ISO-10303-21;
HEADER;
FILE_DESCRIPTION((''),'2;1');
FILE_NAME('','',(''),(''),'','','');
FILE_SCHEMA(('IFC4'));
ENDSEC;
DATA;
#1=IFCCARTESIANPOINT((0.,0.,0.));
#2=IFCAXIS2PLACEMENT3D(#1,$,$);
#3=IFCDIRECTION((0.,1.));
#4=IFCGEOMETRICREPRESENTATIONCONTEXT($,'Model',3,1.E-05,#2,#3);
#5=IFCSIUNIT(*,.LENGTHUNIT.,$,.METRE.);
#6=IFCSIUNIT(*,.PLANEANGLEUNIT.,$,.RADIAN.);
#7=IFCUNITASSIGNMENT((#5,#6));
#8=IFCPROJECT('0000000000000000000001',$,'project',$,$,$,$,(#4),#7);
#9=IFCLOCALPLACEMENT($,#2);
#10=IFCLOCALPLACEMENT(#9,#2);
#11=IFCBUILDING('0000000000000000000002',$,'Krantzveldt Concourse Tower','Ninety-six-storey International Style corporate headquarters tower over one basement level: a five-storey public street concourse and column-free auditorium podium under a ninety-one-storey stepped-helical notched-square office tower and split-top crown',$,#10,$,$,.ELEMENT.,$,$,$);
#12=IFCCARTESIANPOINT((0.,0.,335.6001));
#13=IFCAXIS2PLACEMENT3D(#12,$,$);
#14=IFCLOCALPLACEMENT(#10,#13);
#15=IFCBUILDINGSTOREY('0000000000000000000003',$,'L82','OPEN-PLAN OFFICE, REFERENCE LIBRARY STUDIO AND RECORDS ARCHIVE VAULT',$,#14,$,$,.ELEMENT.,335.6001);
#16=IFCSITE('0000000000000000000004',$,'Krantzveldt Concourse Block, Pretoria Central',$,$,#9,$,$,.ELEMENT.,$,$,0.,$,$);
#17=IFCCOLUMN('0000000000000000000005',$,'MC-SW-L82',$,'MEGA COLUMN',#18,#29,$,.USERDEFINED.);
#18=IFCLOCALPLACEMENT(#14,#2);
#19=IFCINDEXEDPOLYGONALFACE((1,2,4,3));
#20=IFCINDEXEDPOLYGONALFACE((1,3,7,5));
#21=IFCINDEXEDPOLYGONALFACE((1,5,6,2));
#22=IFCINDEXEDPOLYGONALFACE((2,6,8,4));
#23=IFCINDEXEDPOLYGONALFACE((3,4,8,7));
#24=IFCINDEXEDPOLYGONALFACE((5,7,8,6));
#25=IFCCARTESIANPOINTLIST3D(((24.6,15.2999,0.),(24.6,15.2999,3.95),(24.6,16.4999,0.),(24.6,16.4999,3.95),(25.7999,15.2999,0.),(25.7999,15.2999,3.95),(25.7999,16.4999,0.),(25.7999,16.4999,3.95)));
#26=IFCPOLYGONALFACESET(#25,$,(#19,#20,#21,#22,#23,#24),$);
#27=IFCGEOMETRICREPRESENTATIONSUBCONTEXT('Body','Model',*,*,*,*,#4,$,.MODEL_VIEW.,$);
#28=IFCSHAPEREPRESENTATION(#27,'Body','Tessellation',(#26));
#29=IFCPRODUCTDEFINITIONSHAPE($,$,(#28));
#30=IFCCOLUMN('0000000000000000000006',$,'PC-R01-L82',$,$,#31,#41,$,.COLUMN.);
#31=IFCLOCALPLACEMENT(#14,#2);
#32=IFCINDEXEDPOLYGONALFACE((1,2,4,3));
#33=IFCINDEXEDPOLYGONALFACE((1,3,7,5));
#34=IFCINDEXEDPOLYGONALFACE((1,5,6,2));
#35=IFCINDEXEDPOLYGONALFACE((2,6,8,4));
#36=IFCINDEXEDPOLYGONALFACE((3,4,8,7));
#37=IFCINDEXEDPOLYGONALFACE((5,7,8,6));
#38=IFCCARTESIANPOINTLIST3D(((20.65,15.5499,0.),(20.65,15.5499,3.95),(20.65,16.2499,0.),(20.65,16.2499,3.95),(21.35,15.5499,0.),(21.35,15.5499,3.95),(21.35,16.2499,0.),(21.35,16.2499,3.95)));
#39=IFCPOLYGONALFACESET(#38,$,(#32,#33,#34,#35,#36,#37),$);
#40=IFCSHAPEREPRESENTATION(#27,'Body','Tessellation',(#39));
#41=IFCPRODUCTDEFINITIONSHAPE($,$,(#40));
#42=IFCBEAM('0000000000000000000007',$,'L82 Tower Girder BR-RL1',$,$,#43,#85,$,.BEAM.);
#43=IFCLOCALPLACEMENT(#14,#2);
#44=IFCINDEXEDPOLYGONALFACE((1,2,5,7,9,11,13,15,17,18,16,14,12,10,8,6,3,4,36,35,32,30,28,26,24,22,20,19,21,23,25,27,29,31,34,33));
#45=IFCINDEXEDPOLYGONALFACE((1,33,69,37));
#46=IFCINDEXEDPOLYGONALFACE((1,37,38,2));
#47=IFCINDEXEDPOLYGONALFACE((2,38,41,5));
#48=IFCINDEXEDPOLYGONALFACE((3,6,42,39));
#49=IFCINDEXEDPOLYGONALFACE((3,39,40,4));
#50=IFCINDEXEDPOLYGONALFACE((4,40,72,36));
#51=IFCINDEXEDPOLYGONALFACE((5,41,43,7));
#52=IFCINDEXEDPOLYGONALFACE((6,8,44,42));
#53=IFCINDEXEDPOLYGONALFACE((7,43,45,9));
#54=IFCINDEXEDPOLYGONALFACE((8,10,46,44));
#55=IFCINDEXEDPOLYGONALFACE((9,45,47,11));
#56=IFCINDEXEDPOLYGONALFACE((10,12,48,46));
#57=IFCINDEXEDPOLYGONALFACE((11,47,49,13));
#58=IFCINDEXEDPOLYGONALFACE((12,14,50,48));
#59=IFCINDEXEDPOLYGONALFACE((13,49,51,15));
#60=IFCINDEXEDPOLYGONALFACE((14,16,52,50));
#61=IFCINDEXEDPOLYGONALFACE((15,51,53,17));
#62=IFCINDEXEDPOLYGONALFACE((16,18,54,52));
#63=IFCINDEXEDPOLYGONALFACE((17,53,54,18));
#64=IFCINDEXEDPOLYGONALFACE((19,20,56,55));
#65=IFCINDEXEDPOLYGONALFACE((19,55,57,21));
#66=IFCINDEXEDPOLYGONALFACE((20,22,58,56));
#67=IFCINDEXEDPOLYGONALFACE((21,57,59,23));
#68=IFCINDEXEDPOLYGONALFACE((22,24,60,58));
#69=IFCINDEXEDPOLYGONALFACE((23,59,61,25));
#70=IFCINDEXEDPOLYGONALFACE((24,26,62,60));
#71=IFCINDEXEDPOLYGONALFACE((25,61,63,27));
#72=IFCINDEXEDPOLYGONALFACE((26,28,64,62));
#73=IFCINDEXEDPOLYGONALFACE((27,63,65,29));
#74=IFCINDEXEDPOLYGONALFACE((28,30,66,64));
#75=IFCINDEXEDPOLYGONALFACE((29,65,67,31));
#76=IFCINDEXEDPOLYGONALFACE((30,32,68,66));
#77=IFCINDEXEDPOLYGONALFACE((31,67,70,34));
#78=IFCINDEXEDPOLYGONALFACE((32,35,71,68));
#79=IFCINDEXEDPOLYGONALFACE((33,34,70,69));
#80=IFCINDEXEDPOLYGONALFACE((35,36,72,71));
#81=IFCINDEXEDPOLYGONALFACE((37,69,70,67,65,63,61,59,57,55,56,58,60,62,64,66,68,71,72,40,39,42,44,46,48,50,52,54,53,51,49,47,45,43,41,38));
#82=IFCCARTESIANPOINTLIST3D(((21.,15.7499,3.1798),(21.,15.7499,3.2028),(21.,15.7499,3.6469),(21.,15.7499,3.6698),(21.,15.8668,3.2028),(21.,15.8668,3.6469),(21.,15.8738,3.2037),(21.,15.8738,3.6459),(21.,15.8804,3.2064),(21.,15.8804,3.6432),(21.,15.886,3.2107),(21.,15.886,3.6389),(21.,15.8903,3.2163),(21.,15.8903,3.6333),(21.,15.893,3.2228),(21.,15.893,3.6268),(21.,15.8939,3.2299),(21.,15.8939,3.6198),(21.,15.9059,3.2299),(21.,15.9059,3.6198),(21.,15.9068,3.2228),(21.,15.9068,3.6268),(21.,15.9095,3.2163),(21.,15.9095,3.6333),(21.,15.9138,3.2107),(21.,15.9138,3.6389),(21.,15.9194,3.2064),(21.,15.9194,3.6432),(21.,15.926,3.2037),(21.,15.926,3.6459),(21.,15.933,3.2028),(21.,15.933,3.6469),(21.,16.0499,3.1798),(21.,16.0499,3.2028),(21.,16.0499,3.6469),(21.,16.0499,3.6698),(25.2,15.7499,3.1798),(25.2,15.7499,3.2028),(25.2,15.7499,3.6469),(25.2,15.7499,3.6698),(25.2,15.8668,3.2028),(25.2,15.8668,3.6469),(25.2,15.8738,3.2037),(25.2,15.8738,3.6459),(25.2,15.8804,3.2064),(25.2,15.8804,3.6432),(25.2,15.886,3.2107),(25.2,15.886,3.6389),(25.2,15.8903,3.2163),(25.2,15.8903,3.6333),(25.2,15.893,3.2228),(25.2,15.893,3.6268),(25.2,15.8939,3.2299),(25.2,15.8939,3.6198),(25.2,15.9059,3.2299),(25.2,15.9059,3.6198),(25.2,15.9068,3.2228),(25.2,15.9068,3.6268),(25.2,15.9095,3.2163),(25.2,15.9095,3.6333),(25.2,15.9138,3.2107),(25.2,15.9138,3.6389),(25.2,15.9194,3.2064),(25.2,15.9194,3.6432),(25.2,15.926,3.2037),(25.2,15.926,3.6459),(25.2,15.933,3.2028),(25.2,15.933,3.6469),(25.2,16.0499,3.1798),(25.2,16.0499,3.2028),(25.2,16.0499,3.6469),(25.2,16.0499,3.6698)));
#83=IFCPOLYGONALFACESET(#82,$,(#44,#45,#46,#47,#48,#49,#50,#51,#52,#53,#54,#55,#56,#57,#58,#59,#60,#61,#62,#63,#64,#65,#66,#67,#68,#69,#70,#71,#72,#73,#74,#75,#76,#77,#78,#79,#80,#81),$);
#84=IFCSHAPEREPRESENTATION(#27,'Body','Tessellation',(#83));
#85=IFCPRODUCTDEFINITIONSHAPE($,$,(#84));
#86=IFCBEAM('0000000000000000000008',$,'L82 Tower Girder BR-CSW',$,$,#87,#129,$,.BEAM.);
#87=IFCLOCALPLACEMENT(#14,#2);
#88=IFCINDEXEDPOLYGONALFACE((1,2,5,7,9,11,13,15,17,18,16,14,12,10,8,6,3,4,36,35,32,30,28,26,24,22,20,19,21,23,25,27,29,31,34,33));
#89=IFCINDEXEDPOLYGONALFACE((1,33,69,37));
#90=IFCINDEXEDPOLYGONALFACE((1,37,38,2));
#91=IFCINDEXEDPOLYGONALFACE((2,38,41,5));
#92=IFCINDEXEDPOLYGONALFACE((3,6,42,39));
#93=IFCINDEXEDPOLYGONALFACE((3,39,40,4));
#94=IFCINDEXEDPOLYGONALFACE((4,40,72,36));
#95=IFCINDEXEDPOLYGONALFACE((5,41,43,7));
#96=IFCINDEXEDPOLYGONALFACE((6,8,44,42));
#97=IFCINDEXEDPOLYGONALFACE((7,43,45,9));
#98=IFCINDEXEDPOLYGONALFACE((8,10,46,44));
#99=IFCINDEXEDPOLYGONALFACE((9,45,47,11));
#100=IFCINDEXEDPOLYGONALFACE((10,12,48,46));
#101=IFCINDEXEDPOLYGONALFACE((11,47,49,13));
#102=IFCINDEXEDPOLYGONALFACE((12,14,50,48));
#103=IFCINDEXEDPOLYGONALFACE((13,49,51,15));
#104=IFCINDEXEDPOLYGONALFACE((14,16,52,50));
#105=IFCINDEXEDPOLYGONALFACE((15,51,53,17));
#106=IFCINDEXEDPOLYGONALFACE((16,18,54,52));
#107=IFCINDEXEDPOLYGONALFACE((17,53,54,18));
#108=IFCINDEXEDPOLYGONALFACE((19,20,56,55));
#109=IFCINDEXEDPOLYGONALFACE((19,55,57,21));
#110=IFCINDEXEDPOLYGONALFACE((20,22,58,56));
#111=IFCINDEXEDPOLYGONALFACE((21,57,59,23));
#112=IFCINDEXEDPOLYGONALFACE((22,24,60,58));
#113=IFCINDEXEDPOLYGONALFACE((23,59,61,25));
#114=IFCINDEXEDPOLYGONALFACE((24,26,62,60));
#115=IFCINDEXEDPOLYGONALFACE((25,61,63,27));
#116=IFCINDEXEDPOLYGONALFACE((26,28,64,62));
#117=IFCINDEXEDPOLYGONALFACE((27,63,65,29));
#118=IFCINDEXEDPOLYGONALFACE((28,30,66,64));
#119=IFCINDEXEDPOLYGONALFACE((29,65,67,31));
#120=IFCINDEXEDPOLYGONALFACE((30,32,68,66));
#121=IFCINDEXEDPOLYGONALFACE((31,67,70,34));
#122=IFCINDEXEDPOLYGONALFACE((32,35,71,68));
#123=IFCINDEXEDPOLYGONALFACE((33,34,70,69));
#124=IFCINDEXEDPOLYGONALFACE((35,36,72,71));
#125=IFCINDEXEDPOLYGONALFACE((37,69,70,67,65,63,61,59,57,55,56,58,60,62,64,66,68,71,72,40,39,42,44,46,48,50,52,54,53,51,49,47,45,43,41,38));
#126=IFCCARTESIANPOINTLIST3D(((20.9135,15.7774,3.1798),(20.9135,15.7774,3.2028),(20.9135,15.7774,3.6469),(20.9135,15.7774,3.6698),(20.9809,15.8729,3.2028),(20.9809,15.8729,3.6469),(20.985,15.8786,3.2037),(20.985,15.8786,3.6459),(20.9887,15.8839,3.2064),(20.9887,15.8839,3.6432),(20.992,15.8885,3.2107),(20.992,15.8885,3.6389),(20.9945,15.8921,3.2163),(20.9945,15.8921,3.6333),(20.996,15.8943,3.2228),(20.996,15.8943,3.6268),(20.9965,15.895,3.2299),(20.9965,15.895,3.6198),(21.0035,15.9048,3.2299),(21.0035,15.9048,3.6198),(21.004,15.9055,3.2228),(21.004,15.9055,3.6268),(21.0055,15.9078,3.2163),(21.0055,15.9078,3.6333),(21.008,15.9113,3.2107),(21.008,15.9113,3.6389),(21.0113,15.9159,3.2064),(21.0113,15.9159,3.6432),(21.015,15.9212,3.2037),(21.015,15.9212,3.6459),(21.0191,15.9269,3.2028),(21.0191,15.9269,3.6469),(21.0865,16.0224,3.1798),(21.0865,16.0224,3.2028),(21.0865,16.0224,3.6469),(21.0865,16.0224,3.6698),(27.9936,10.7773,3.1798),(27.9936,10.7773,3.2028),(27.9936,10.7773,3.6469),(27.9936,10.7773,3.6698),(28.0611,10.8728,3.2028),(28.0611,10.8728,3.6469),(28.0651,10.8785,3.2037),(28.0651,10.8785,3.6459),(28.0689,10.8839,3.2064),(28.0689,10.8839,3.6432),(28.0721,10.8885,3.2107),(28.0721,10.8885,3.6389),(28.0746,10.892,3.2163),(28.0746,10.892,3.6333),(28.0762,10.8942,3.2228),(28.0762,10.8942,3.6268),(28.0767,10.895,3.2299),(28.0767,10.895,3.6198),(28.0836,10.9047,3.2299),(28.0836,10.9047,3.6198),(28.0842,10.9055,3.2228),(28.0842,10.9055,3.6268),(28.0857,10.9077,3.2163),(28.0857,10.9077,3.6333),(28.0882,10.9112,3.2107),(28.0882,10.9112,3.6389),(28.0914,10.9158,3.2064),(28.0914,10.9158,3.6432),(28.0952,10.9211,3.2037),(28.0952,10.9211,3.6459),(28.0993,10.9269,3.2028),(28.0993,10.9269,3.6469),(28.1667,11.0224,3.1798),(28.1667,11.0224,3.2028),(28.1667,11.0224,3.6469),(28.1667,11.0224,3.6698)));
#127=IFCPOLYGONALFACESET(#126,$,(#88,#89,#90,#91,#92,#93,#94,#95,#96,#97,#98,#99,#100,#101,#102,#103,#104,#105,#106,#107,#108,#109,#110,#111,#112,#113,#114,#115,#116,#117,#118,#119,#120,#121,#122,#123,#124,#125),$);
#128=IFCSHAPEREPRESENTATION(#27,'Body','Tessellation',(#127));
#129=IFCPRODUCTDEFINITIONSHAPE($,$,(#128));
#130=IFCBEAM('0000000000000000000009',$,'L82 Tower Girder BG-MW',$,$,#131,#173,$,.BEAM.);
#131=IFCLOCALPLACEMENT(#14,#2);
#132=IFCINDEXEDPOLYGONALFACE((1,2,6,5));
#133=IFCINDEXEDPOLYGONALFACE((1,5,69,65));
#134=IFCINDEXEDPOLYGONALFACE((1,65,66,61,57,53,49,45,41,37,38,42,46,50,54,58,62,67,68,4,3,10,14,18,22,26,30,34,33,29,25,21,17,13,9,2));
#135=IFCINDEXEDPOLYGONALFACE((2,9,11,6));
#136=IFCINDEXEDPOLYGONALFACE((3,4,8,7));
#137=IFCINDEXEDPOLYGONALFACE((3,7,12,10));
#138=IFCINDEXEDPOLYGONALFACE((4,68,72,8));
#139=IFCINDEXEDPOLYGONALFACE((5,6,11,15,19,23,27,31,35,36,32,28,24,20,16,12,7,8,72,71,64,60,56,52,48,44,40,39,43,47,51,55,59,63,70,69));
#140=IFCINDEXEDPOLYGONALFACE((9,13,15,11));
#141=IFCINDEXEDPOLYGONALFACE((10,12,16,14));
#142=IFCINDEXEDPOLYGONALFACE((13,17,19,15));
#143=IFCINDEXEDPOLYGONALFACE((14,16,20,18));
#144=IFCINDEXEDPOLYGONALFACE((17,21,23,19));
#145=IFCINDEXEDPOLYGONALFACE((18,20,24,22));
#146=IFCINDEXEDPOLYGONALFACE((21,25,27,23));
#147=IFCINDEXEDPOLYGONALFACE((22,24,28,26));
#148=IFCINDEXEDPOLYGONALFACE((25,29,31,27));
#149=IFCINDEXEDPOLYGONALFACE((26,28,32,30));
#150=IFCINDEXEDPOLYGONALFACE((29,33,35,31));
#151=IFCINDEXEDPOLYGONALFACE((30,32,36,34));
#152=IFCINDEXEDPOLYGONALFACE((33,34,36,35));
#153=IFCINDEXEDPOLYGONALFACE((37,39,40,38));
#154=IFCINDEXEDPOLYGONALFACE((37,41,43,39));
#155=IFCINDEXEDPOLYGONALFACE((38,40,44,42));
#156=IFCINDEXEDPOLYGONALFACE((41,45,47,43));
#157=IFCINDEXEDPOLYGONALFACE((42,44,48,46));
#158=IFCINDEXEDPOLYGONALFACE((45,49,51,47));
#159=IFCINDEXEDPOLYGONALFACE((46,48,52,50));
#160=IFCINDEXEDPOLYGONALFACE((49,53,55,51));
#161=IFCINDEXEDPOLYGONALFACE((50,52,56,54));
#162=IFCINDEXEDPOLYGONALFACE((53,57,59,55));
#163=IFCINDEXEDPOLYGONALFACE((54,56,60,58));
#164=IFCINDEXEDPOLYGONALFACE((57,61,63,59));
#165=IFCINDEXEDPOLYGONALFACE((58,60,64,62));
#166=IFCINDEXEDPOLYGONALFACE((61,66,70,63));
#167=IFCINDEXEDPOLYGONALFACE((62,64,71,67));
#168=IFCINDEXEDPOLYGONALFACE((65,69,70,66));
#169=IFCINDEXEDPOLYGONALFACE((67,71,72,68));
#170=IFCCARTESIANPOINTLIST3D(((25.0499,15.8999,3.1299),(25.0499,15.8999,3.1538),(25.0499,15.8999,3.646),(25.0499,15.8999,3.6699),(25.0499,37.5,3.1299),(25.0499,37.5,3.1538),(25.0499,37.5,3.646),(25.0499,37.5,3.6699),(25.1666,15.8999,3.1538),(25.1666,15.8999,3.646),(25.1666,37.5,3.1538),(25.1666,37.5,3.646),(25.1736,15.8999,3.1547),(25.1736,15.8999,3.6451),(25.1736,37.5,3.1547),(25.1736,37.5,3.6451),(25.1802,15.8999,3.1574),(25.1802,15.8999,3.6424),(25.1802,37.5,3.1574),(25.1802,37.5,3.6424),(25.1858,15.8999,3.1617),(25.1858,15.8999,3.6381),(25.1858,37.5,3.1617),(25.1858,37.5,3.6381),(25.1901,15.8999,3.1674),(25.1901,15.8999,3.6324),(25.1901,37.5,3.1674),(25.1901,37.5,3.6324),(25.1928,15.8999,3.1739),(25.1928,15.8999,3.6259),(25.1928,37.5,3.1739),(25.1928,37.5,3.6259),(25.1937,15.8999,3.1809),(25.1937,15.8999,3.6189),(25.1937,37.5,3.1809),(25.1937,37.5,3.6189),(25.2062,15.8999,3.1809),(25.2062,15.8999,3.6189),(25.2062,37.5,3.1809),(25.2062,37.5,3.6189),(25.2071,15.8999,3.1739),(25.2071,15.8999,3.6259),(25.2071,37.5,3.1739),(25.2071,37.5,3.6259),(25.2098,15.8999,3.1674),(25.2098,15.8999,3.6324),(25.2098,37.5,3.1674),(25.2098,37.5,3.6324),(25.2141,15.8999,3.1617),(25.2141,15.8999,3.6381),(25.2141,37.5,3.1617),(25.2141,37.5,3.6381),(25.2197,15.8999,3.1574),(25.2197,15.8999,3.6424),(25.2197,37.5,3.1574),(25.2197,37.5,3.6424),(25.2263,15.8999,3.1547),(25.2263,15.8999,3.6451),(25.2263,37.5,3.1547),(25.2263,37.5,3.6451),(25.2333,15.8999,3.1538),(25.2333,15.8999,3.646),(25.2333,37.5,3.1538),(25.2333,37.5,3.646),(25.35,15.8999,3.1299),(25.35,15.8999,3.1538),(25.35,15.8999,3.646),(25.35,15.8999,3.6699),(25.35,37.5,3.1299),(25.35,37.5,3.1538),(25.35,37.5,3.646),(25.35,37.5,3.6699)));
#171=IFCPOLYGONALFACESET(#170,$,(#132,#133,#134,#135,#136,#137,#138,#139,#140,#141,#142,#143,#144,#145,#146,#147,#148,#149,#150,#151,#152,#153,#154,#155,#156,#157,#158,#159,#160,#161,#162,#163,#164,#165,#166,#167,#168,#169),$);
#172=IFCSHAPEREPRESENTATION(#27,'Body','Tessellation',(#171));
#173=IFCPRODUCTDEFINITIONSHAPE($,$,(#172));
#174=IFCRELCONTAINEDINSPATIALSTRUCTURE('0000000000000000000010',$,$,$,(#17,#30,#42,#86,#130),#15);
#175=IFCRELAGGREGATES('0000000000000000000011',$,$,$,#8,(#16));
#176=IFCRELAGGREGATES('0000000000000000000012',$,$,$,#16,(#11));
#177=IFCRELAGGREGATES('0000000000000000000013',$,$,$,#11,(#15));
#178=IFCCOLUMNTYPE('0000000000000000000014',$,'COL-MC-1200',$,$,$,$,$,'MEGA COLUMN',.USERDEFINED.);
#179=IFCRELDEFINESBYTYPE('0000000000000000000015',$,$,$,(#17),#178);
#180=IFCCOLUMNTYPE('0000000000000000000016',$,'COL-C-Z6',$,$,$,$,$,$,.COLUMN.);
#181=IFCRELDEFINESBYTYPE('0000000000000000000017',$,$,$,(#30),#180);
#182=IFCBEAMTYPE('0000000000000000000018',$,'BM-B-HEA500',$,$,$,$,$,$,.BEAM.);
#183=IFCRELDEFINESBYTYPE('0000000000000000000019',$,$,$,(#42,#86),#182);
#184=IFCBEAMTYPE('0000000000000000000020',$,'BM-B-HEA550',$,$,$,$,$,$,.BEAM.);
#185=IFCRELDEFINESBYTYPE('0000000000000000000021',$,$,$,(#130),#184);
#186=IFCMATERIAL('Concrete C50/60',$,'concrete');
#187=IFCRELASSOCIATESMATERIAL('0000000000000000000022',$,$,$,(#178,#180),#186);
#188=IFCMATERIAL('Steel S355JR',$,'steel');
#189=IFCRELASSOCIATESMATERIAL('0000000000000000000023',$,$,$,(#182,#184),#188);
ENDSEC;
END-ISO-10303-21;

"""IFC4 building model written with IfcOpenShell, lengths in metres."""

from ifc_helpers import new_model, si_unit, direction, frame, origin, origin_2d, place, context, subcontext, project, spatial, rectangle, i_section, extrude, source, transform, mapped, material, material_profile, profile_set, type_object, type_shapes, element, save


model = new_model("IFC4")

# Units and contexts
model_context = context("Model", 3, precision=1e-05, world=origin(), true_north=direction((0.0, 1.0)))
body_context = subcontext(model_context, "Body", "Model", "MODEL_VIEW")
ifc_project = project(units=[si_unit("LENGTHUNIT", "METRE"), si_unit("PLANEANGLEUNIT", "RADIAN")], contexts=[model_context])

# Site, building, storey
site_placement = place(None, origin())
site = spatial("IfcSite", under=ifc_project, at=site_placement, Name="Krantzveldt Concourse Block, Pretoria Central", CompositionType="ELEMENT", RefElevation=0.0)
building_placement = place(site_placement, origin())
building = spatial("IfcBuilding", under=site, at=building_placement, Name="Krantzveldt Concourse Tower", Description="Ninety-six-storey International Style corporate headquarters tower over one basement level: a five-storey public street concourse and column-free auditorium podium under a ninety-one-storey stepped-helical notched-square office tower and split-top crown", CompositionType="ELEMENT")
storey_placement = place(building_placement, frame((0.0, 0.0, 335.6001)))
storey = spatial("IfcBuildingStorey", under=building, at=storey_placement, Name="L82", Description="OPEN-PLAN OFFICE, REFERENCE LIBRARY STUDIO AND RECORDS ARCHIVE VAULT", CompositionType="ELEMENT", Elevation=335.6001)

# Columns
ifc_material_1 = material(Name="Concrete C50/60", Category="concrete")
ifc_material_profile_1 = material_profile(ifc_material_1, rectangle(XDim=1.2, YDim=1.2, at=origin_2d()), Name="Concrete C50/60", Category="concrete")
ifc_profile_set_1 = profile_set([ifc_material_profile_1], Name="Concrete C50/60 - RC 1200x1200")
column_type_1 = type_object("IfcColumnType", Name="COL-MC-1200", ElementType="MEGA COLUMN", PredefinedType="USERDEFINED", material=ifc_profile_set_1)
shared_shape_1 = source(origin(), body_context, "Body", "SweptSolid", [
    extrude(rectangle(XDim=1.2, YDim=1.2, at=origin_2d()), origin(), (0.0, 0.0, 1.0), 3.95),
])
type_shapes(column_type_1, [shared_shape_1])
column_1_placement = place(storey_placement, frame((25.2, 15.8999, 0.0), z_axis=(0.0, 0.0, 1.0), x_axis=(1.0, 0.0, 0.0)))
element("IfcColumn", 1, at=column_1_placement, inside=storey, type_object=column_type_1, Name="MC-SW-L82", ObjectType="MEGA COLUMN", PredefinedType="USERDEFINED", context=body_context, shape_type="MappedRepresentation", body=[
    mapped(shared_shape_1, transform((0.0, 0.0, 0.0), x_axis=(1.0, 0.0, 0.0), y_axis=(0.0, 1.0, 0.0), z_axis=(0.0, 0.0, 1.0), scale=1.0)),
])
ifc_material_profile_2 = material_profile(ifc_material_1, rectangle(XDim=0.7, YDim=0.7, at=origin_2d()), Name="Concrete C50/60", Category="concrete")
ifc_profile_set_2 = profile_set([ifc_material_profile_2], Name="Concrete C50/60 - RC 700x700")
column_type_2 = type_object("IfcColumnType", Name="COL-C-Z6", PredefinedType="COLUMN", material=ifc_profile_set_2)
shared_shape_2 = source(origin(), body_context, "Body", "SweptSolid", [
    extrude(rectangle(XDim=0.7, YDim=0.7, at=origin_2d()), origin(), (0.0, 0.0, 1.0), 3.95),
])
type_shapes(column_type_2, [shared_shape_2])
column_2_placement = place(storey_placement, frame((21.0, 15.8999, 0.0), z_axis=(0.0, 0.0, 1.0), x_axis=(1.0, 0.0, 0.0)))
element("IfcColumn", 2, at=column_2_placement, inside=storey, type_object=column_type_2, Name="PC-R01-L82", PredefinedType="COLUMN", context=body_context, shape_type="MappedRepresentation", body=[
    mapped(shared_shape_2, transform((0.0, 0.0, 0.0), x_axis=(1.0, 0.0, 0.0), y_axis=(0.0, 1.0, 0.0), z_axis=(0.0, 0.0, 1.0), scale=1.0)),
])

# Beams
ifc_material_2 = material(Name="Steel S355JR", Category="steel")
ifc_material_profile_3 = material_profile(ifc_material_2, i_section(OverallWidth=0.3, OverallDepth=0.49, WebThickness=0.012, FlangeThickness=0.0229, FilletRadius=0.0271, at=origin_2d()), Name="Steel S355JR", Category="steel")
ifc_profile_set_3 = profile_set([ifc_material_profile_3], Name="Steel S355JR - HEA 500")
beam_type_1 = type_object("IfcBeamType", Name="BM-B-HEA500", PredefinedType="BEAM", material=ifc_profile_set_3)
shared_shape_3 = source(origin(), body_context, "Body", "SweptSolid", [
    extrude(i_section(OverallWidth=0.3, OverallDepth=0.49, WebThickness=0.012, FlangeThickness=0.0229, FilletRadius=0.0271, at=origin_2d()), origin(), (0.0, 0.0, 1.0), 4.2),
])
beam_1_placement = place(storey_placement, frame((21.0, 15.8999, 3.4248), z_axis=(1.0, 0.0, 0.0), x_axis=(0.0, 1.0, 0.0)))
element("IfcBeam", 3, at=beam_1_placement, inside=storey, type_object=beam_type_1, Name="L82 Tower Girder BR-RL1", PredefinedType="BEAM", context=body_context, shape_type="MappedRepresentation", body=[
    mapped(shared_shape_3, transform((0.0, 0.0, 0.0), x_axis=(1.0, 0.0, 0.0), y_axis=(0.0, 1.0, 0.0), z_axis=(0.0, 0.0, 1.0), scale=1.0)),
])
shared_shape_4 = source(origin(), body_context, "Body", "SweptSolid", [
    extrude(i_section(OverallWidth=0.3, OverallDepth=0.49, WebThickness=0.012, FlangeThickness=0.0229, FilletRadius=0.0271, at=origin_2d()), origin(), (0.0, 0.0, 1.0), 8.6677),
])
type_shapes(beam_type_1, [shared_shape_3, shared_shape_4])
beam_2_placement = place(storey_placement, frame((21.0, 15.8999, 3.4248), z_axis=(0.816843, -0.57686, 0.0), x_axis=(0.57686, 0.816843, 0.0)))
element("IfcBeam", 4, at=beam_2_placement, inside=storey, type_object=beam_type_1, Name="L82 Tower Girder BR-CSW", PredefinedType="BEAM", context=body_context, shape_type="MappedRepresentation", body=[
    mapped(shared_shape_4, transform((0.0, 0.0, 0.0), x_axis=(1.0, 0.0, 0.0), y_axis=(0.0, 1.0, 0.0), z_axis=(0.0, 0.0, 1.0), scale=1.0)),
])
ifc_material_profile_4 = material_profile(ifc_material_2, i_section(OverallWidth=0.3, OverallDepth=0.54, WebThickness=0.0125, FlangeThickness=0.0239, FilletRadius=0.0271, at=origin_2d()), Name="Steel S355JR", Category="steel")
ifc_profile_set_4 = profile_set([ifc_material_profile_4], Name="Steel S355JR - HEA 550")
beam_type_2 = type_object("IfcBeamType", Name="BM-B-HEA550", PredefinedType="BEAM", material=ifc_profile_set_4)
shared_shape_5 = source(origin(), body_context, "Body", "SweptSolid", [
    extrude(i_section(OverallWidth=0.3, OverallDepth=0.54, WebThickness=0.0125, FlangeThickness=0.0239, FilletRadius=0.0271, at=origin_2d()), origin(), (0.0, 0.0, 1.0), 21.6001),
])
beam_3_placement = place(storey_placement, frame((25.2, 15.8999, 3.3999), z_axis=(0.0, 1.0, 0.0), x_axis=(-1.0, 0.0, 0.0)))
element("IfcBeam", 5, at=beam_3_placement, inside=storey, type_object=beam_type_2, Name="L82 Tower Girder BG-MW", PredefinedType="BEAM", context=body_context, shape_type="MappedRepresentation", body=[
    mapped(shared_shape_5, transform((0.0, 0.0, 0.0), x_axis=(1.0, 0.0, 0.0), y_axis=(0.0, 1.0, 0.0), z_axis=(0.0, 0.0, 1.0), scale=1.0)),
])

save(model, "model.ifc")
